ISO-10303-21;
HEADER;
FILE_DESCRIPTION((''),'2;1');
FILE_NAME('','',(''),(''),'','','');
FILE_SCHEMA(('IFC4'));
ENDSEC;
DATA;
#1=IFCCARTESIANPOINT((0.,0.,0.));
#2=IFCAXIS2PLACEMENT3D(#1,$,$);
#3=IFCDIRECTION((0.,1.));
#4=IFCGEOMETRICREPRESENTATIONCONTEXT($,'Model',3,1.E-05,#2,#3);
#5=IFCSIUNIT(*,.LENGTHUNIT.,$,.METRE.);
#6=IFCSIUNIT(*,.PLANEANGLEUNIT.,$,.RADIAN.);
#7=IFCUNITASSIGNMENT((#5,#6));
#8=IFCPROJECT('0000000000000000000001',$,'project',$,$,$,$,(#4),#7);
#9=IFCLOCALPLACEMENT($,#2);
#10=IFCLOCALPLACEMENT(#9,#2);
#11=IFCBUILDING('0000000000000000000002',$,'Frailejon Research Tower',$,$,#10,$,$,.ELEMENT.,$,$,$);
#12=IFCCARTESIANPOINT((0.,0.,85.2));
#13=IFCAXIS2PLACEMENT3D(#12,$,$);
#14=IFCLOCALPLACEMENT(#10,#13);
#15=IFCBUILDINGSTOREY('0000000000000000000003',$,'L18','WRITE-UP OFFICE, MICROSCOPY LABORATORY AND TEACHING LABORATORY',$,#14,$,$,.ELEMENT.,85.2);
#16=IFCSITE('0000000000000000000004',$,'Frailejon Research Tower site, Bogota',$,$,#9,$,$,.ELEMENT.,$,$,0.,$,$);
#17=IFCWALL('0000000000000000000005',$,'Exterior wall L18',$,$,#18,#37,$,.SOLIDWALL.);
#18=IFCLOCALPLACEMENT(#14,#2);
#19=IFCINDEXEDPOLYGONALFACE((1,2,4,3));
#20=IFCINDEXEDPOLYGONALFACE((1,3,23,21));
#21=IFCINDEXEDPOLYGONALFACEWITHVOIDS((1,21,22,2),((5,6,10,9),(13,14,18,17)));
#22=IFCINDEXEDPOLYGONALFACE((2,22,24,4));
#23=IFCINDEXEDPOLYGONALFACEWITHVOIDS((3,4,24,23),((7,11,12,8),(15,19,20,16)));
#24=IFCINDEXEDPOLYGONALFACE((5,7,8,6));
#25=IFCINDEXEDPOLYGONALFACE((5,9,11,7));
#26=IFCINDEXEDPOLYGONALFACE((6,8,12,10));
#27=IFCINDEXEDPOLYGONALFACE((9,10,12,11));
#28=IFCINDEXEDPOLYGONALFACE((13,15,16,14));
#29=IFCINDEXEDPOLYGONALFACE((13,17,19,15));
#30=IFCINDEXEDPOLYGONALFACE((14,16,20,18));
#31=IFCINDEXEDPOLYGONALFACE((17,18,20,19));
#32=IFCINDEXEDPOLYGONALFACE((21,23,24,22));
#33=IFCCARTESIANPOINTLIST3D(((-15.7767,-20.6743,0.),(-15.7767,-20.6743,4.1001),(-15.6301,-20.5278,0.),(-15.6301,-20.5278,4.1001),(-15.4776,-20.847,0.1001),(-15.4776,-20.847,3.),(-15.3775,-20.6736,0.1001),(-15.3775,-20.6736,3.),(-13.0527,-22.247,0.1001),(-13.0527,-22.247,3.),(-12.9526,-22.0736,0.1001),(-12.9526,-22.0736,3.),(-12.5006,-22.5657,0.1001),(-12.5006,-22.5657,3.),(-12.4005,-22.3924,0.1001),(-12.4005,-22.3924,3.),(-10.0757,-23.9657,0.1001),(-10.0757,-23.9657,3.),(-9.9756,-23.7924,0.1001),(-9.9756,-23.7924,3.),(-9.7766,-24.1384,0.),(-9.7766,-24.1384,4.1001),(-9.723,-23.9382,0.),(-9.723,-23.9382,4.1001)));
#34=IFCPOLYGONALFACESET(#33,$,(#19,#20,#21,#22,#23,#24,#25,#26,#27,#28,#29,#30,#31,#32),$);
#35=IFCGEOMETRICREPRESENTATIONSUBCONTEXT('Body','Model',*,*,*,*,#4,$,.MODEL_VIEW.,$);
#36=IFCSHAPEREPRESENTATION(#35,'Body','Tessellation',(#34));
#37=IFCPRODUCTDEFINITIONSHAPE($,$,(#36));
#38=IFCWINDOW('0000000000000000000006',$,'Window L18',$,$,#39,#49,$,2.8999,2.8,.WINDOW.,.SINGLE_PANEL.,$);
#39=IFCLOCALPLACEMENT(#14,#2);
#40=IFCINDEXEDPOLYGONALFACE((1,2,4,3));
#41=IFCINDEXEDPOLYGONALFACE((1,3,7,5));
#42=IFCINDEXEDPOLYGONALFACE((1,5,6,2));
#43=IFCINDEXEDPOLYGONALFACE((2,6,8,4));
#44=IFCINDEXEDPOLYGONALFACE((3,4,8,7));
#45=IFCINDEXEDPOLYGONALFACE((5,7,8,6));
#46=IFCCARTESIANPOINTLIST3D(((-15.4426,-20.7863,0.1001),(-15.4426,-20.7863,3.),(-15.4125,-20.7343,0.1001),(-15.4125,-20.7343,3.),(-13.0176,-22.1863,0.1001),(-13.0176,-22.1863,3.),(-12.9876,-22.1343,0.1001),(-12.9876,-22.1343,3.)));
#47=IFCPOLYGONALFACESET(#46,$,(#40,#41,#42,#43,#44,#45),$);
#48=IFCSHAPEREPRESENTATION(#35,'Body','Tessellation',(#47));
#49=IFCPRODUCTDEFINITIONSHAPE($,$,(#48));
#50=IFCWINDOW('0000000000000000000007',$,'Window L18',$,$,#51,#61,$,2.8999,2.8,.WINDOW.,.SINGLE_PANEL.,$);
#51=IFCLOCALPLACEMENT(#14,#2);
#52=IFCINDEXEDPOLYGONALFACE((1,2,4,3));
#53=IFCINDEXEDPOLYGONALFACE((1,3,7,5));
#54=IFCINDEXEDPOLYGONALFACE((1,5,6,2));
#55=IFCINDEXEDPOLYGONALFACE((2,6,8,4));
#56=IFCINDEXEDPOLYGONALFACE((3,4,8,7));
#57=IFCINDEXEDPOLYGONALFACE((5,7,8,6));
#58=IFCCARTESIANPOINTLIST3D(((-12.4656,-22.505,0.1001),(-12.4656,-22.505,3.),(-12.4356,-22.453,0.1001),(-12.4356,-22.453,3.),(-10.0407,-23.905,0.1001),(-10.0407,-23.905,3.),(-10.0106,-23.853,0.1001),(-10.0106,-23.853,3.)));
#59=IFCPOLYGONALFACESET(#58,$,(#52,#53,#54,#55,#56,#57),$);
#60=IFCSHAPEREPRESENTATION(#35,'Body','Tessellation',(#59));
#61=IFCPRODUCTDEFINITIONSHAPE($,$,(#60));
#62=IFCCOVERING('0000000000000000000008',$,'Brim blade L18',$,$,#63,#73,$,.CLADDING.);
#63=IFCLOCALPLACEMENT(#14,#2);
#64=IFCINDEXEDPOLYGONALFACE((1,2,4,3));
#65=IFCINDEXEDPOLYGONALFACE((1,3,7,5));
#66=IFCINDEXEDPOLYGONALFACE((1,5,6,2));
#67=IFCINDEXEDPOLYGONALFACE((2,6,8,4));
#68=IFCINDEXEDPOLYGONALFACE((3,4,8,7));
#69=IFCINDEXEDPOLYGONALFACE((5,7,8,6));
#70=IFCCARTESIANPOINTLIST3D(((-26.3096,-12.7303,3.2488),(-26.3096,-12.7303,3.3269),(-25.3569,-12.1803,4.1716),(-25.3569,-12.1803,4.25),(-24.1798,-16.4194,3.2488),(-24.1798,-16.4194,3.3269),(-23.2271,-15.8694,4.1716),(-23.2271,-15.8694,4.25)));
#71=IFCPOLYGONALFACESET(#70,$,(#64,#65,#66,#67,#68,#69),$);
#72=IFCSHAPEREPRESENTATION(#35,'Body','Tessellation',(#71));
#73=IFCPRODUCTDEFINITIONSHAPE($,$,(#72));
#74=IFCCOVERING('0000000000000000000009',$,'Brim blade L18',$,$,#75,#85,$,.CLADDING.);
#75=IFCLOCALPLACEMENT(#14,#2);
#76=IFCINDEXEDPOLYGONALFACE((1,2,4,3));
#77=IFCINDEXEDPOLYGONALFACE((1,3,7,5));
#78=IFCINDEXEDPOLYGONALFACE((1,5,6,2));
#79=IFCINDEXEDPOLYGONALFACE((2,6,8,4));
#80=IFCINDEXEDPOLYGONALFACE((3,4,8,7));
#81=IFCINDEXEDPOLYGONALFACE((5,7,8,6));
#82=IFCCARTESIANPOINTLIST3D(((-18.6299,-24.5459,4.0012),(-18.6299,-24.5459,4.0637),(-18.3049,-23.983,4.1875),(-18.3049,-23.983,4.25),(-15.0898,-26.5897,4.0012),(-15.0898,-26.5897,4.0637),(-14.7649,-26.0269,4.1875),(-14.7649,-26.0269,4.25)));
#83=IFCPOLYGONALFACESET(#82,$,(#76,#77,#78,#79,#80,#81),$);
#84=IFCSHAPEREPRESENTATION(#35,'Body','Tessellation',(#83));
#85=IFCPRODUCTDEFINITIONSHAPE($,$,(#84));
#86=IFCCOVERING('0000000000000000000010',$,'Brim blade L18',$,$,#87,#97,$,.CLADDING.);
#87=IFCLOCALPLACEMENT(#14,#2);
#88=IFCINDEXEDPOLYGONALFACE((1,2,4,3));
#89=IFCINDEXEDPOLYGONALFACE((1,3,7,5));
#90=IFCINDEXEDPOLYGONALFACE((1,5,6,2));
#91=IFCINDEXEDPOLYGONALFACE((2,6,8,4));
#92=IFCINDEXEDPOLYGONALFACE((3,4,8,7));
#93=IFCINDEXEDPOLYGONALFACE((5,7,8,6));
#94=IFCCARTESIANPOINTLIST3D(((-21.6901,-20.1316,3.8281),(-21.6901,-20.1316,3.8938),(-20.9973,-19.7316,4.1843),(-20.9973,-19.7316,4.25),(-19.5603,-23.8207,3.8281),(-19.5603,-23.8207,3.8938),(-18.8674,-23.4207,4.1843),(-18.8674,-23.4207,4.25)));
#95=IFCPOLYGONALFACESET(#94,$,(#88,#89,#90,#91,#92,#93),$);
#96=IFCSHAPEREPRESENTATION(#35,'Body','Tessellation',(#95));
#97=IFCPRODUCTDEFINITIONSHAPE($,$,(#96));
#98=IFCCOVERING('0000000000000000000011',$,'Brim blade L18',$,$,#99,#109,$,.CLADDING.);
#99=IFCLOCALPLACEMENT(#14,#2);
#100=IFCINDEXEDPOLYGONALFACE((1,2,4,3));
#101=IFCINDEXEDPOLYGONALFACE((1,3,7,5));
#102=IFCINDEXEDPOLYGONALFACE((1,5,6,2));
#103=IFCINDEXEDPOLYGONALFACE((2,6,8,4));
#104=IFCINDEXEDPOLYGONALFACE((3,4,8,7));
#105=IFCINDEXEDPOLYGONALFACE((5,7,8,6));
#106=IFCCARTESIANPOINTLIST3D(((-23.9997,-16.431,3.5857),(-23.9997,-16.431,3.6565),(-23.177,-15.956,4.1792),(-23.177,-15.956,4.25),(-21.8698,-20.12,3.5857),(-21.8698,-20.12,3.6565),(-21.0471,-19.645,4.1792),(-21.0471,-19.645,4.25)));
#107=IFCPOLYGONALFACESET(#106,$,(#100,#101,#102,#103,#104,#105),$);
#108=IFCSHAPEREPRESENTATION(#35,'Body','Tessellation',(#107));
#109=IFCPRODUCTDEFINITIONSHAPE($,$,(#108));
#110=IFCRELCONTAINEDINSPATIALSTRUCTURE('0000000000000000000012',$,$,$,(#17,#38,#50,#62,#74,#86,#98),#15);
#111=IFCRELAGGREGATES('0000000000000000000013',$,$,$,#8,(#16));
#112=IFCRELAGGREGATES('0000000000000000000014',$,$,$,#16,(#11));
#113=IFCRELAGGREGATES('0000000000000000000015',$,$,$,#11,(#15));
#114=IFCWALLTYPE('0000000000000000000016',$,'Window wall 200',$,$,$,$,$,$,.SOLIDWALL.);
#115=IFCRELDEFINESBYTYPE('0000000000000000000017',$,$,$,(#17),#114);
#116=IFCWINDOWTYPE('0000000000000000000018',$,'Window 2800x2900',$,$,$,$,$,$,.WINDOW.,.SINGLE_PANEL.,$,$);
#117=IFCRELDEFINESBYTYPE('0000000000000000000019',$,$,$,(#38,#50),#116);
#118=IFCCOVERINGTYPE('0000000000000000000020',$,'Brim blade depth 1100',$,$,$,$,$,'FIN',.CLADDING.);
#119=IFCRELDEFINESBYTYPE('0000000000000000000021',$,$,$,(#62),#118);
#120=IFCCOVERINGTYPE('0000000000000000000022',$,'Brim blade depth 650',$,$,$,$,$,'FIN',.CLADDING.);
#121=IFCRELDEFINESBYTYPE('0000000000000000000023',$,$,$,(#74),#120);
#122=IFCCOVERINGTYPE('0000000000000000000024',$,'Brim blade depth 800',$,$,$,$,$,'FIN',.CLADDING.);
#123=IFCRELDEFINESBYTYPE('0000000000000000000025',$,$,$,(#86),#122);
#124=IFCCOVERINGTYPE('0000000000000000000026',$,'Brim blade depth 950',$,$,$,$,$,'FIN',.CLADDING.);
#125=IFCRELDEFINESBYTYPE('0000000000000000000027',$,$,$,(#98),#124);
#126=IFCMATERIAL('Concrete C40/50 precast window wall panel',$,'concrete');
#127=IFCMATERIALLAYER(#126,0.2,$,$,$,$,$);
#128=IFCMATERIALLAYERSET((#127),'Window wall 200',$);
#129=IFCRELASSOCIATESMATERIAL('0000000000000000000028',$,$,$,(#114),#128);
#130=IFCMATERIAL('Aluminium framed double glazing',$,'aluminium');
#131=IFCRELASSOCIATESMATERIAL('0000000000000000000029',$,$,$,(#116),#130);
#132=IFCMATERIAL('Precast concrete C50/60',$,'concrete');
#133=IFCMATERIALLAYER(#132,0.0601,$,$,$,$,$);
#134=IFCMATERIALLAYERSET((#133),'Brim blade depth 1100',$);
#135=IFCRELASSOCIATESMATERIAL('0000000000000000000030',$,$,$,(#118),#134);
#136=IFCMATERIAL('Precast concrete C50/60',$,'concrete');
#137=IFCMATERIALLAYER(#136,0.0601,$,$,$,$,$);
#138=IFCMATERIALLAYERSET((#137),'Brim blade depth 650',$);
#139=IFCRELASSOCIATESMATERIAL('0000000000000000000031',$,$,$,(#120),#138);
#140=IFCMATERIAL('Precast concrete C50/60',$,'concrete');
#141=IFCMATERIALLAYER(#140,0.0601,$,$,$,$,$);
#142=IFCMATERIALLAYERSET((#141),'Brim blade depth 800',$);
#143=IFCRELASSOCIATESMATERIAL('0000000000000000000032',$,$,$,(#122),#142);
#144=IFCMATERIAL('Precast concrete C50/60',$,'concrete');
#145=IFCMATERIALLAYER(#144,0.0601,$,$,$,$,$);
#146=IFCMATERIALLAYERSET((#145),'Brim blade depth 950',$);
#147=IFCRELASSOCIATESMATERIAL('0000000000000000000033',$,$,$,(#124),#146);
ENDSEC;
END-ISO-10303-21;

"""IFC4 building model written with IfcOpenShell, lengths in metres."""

from ifc_helpers import new_model, si_unit, direction, frame, frame_2d, origin, place, context, subcontext, project, spatial, polyline, rectangle, outline, extrude, material, layer, layer_set, type_object, element, fill, save


model = new_model("IFC4")

# Units and contexts
model_context = context("Model", 3, precision=1e-05, world=origin(), true_north=direction((0.0, 1.0)))
body_context = subcontext(model_context, "Body", "Model", "MODEL_VIEW")
ifc_project = project(units=[si_unit("LENGTHUNIT", "METRE"), si_unit("PLANEANGLEUNIT", "RADIAN")], contexts=[model_context])

# Site, building, storey
site_placement = place(None, origin())
site = spatial("IfcSite", under=ifc_project, at=site_placement, Name="Frailejon Research Tower site, Bogota", CompositionType="ELEMENT", RefElevation=0.0)
building_placement = place(site_placement, origin())
building = spatial("IfcBuilding", under=site, at=building_placement, Name="Frailejon Research Tower", CompositionType="ELEMENT")
storey_placement = place(building_placement, frame((0.0, 0.0, 85.2)))
storey = spatial("IfcBuildingStorey", under=building, at=storey_placement, Name="L18", Description="WRITE-UP OFFICE, MICROSCOPY LABORATORY AND TEACHING LABORATORY", CompositionType="ELEMENT", Elevation=85.2)

# Wall, openings, windows
ifc_material_1 = material(Name="Concrete C40/50 precast window wall panel", Category="concrete")
ifc_layer_1 = layer(ifc_material_1, 0.2)
ifc_layer_set_1 = layer_set([ifc_layer_1], Name="Window wall 200")
wall_type_1 = type_object("IfcWallType", Name="Window wall 200", PredefinedType="SOLIDWALL", material=ifc_layer_set_1)
wall_1_placement = place(storey_placement, frame((-15.7034, -20.6011, 0.0), z_axis=(0.0, 0.0, 1.0), x_axis=(0.866029, -0.499993, 0.0)))
wall_1 = element("IfcWall", 1, at=wall_1_placement, inside=storey, type_object=wall_type_1, Name="Exterior wall L18", PredefinedType="SOLIDWALL", context=body_context, shape_type="SweptSolid", body=[
    extrude(outline(polyline([(-0.0269, -0.1001), (1.1279, -0.1001), (2.2825, -0.1001), (3.4373, -0.1001), (4.592, -0.1001), (5.7466, -0.1001), (6.9014, -0.1001), (6.8477, 0.1001), (5.7109, 0.1001), (4.574, 0.1001), (3.4373, 0.1001), (2.3005, 0.1001), (1.1636, 0.1001), (0.0269, 0.1001), (-0.0269, -0.1001)])), origin(), (0.0, 0.0, 1.0), 4.1001),
])
opening_1_placement = place(wall_1_placement, frame((0.3186, 0.0, 0.1001)))
opening_1 = element("IfcOpeningElement", 2, at=opening_1_placement, cuts=wall_1, PredefinedType="OPENING", context=body_context, shape_type="SweptSolid", body=[
    extrude(rectangle(XDim=2.8, YDim=2.8999, at=frame_2d((1.3999, 1.45))), frame((0.0, 0.1099, 0.0), z_axis=(0.0, -1.0, 0.0), x_axis=(1.0, 0.0, 0.0)), (0.0, 0.0, 1.0), 0.22),
])
opening_2_placement = place(wall_1_placement, frame((3.7561, 0.0, 0.1001)))
opening_2 = element("IfcOpeningElement", 3, at=opening_2_placement, cuts=wall_1, PredefinedType="OPENING", context=body_context, shape_type="SweptSolid", body=[
    extrude(rectangle(XDim=2.8, YDim=2.8999, at=frame_2d((1.3999, 1.45))), frame((0.0, 0.1099, 0.0), z_axis=(0.0, -1.0, 0.0), x_axis=(1.0, 0.0, 0.0)), (0.0, 0.0, 1.0), 0.22),
])
ifc_material_2 = material(Name="Aluminium framed double glazing", Category="aluminium")
window_type = type_object("IfcWindowType", Name="Window 2800x2900", PartitioningType="SINGLE_PANEL", PredefinedType="WINDOW", material=ifc_material_2)
window_1_placement = place(opening_1_placement, origin())
window_1 = element("IfcWindow", 4, at=window_1_placement, inside=storey, type_object=window_type, Name="Window L18", OverallHeight=2.8999, OverallWidth=2.8, PartitioningType="SINGLE_PANEL", PredefinedType="WINDOW", context=body_context, shape_type="SweptSolid", body=[
    extrude(rectangle(XDim=2.8, YDim=2.8999, at=frame_2d((1.3999, 1.45))), frame((0.0, 0.03, 0.0), z_axis=(0.0, -1.0, 0.0), x_axis=(1.0, 0.0, 0.0)), (0.0, 0.0, 1.0), 0.0601),
])
fill(opening_1, window_1)
window_2_placement = place(opening_2_placement, origin())
window_2 = element("IfcWindow", 5, at=window_2_placement, inside=storey, type_object=window_type, Name="Window L18", OverallHeight=2.8999, OverallWidth=2.8, PartitioningType="SINGLE_PANEL", PredefinedType="WINDOW", context=body_context, shape_type="SweptSolid", body=[
    extrude(rectangle(XDim=2.8, YDim=2.8999, at=frame_2d((1.3999, 1.45))), frame((0.0, 0.03, 0.0), z_axis=(0.0, -1.0, 0.0), x_axis=(1.0, 0.0, 0.0)), (0.0, 0.0, 1.0), 0.0601),
])
fill(opening_2, window_2)

# Coverings
ifc_material_3 = material(Name="Precast concrete C50/60", Category="concrete")
ifc_layer_2 = layer(ifc_material_3, 0.0601)
ifc_layer_set_2 = layer_set([ifc_layer_2], Name="Brim blade depth 1100")
covering_type_1 = type_object("IfcCoveringType", Name="Brim blade depth 1100", ElementType="FIN", PredefinedType="CLADDING", material=ifc_layer_set_2)
covering_1_placement = place(storey_placement, frame((-23.2271, -15.8694, 4.25), z_axis=(-0.499992, 0.86603, 0.0), x_axis=(-0.86603, -0.499992, 0.0)))
element("IfcCovering", 6, at=covering_1_placement, inside=storey, type_object=covering_type_1, Name="Brim blade L18", PredefinedType="CLADDING", context=body_context, shape_type="SweptSolid", body=[
    extrude(outline(polyline([(0.0, -0.0784), (1.1001, -1.0012), (1.1001, -0.9231), (0.0, 0.0), (0.0, -0.0784)])), origin(), (0.0, 0.0, 1.0), 4.2598),
])
ifc_material_4 = material(Name="Precast concrete C50/60", Category="concrete")
ifc_layer_3 = layer(ifc_material_4, 0.0601)
ifc_layer_set_3 = layer_set([ifc_layer_3], Name="Brim blade depth 650")
covering_type_2 = type_object("IfcCoveringType", Name="Brim blade depth 650", ElementType="FIN", PredefinedType="CLADDING", material=ifc_layer_set_3)
covering_2_placement = place(storey_placement, frame((-14.7649, -26.0269, 4.25), z_axis=(-0.866027, 0.499997, 0.0), x_axis=(-0.499997, -0.866027, 0.0)))
element("IfcCovering", 7, at=covering_2_placement, inside=storey, type_object=covering_type_2, Name="Brim blade L18", PredefinedType="CLADDING", context=body_context, shape_type="SweptSolid", body=[
    extrude(outline(polyline([(0.0, -0.0625), (0.6499, -0.2488), (0.6499, -0.1863), (0.0, 0.0), (0.0, -0.0625)])), origin(), (0.0, 0.0, 1.0), 4.0876),
])
ifc_material_5 = material(Name="Precast concrete C50/60", Category="concrete")
ifc_layer_4 = layer(ifc_material_5, 0.0601)
ifc_layer_set_4 = layer_set([ifc_layer_4], Name="Brim blade depth 800")
covering_type_3 = type_object("IfcCoveringType", Name="Brim blade depth 800", ElementType="FIN", PredefinedType="CLADDING", material=ifc_layer_set_4)
covering_3_placement = place(storey_placement, frame((-18.8674, -23.4207, 4.25), z_axis=(-0.499992, 0.86603, 0.0), x_axis=(-0.86603, -0.499992, 0.0)))
element("IfcCovering", 8, at=covering_3_placement, inside=storey, type_object=covering_type_3, Name="Brim blade L18", PredefinedType="CLADDING", context=body_context, shape_type="SweptSolid", body=[
    extrude(outline(polyline([(0.0, -0.0657), (0.8, -0.4219), (0.8, -0.3562), (0.0, 0.0), (0.0, -0.0657)])), origin(), (0.0, 0.0, 1.0), 4.2598),
])
ifc_material_6 = material(Name="Precast concrete C50/60", Category="concrete")
ifc_layer_5 = layer(ifc_material_6, 0.0601)
ifc_layer_set_5 = layer_set([ifc_layer_5], Name="Brim blade depth 950")
covering_type_4 = type_object("IfcCoveringType", Name="Brim blade depth 950", ElementType="FIN", PredefinedType="CLADDING", material=ifc_layer_set_5)
covering_4_placement = place(storey_placement, frame((-21.0471, -19.645, 4.25), z_axis=(-0.50001, 0.86602, 0.0), x_axis=(-0.86602, -0.50001, 0.0)))
element("IfcCovering", 9, at=covering_4_placement, inside=storey, type_object=covering_type_4, Name="Brim blade L18", PredefinedType="CLADDING", context=body_context, shape_type="SweptSolid", body=[
    extrude(outline(polyline([(0.0, -0.0708), (0.95, -0.6643), (0.95, -0.5935), (0.0, 0.0), (0.0, -0.0708)])), origin(), (0.0, 0.0, 1.0), 4.2598),
])

save(model, "model.ifc")
